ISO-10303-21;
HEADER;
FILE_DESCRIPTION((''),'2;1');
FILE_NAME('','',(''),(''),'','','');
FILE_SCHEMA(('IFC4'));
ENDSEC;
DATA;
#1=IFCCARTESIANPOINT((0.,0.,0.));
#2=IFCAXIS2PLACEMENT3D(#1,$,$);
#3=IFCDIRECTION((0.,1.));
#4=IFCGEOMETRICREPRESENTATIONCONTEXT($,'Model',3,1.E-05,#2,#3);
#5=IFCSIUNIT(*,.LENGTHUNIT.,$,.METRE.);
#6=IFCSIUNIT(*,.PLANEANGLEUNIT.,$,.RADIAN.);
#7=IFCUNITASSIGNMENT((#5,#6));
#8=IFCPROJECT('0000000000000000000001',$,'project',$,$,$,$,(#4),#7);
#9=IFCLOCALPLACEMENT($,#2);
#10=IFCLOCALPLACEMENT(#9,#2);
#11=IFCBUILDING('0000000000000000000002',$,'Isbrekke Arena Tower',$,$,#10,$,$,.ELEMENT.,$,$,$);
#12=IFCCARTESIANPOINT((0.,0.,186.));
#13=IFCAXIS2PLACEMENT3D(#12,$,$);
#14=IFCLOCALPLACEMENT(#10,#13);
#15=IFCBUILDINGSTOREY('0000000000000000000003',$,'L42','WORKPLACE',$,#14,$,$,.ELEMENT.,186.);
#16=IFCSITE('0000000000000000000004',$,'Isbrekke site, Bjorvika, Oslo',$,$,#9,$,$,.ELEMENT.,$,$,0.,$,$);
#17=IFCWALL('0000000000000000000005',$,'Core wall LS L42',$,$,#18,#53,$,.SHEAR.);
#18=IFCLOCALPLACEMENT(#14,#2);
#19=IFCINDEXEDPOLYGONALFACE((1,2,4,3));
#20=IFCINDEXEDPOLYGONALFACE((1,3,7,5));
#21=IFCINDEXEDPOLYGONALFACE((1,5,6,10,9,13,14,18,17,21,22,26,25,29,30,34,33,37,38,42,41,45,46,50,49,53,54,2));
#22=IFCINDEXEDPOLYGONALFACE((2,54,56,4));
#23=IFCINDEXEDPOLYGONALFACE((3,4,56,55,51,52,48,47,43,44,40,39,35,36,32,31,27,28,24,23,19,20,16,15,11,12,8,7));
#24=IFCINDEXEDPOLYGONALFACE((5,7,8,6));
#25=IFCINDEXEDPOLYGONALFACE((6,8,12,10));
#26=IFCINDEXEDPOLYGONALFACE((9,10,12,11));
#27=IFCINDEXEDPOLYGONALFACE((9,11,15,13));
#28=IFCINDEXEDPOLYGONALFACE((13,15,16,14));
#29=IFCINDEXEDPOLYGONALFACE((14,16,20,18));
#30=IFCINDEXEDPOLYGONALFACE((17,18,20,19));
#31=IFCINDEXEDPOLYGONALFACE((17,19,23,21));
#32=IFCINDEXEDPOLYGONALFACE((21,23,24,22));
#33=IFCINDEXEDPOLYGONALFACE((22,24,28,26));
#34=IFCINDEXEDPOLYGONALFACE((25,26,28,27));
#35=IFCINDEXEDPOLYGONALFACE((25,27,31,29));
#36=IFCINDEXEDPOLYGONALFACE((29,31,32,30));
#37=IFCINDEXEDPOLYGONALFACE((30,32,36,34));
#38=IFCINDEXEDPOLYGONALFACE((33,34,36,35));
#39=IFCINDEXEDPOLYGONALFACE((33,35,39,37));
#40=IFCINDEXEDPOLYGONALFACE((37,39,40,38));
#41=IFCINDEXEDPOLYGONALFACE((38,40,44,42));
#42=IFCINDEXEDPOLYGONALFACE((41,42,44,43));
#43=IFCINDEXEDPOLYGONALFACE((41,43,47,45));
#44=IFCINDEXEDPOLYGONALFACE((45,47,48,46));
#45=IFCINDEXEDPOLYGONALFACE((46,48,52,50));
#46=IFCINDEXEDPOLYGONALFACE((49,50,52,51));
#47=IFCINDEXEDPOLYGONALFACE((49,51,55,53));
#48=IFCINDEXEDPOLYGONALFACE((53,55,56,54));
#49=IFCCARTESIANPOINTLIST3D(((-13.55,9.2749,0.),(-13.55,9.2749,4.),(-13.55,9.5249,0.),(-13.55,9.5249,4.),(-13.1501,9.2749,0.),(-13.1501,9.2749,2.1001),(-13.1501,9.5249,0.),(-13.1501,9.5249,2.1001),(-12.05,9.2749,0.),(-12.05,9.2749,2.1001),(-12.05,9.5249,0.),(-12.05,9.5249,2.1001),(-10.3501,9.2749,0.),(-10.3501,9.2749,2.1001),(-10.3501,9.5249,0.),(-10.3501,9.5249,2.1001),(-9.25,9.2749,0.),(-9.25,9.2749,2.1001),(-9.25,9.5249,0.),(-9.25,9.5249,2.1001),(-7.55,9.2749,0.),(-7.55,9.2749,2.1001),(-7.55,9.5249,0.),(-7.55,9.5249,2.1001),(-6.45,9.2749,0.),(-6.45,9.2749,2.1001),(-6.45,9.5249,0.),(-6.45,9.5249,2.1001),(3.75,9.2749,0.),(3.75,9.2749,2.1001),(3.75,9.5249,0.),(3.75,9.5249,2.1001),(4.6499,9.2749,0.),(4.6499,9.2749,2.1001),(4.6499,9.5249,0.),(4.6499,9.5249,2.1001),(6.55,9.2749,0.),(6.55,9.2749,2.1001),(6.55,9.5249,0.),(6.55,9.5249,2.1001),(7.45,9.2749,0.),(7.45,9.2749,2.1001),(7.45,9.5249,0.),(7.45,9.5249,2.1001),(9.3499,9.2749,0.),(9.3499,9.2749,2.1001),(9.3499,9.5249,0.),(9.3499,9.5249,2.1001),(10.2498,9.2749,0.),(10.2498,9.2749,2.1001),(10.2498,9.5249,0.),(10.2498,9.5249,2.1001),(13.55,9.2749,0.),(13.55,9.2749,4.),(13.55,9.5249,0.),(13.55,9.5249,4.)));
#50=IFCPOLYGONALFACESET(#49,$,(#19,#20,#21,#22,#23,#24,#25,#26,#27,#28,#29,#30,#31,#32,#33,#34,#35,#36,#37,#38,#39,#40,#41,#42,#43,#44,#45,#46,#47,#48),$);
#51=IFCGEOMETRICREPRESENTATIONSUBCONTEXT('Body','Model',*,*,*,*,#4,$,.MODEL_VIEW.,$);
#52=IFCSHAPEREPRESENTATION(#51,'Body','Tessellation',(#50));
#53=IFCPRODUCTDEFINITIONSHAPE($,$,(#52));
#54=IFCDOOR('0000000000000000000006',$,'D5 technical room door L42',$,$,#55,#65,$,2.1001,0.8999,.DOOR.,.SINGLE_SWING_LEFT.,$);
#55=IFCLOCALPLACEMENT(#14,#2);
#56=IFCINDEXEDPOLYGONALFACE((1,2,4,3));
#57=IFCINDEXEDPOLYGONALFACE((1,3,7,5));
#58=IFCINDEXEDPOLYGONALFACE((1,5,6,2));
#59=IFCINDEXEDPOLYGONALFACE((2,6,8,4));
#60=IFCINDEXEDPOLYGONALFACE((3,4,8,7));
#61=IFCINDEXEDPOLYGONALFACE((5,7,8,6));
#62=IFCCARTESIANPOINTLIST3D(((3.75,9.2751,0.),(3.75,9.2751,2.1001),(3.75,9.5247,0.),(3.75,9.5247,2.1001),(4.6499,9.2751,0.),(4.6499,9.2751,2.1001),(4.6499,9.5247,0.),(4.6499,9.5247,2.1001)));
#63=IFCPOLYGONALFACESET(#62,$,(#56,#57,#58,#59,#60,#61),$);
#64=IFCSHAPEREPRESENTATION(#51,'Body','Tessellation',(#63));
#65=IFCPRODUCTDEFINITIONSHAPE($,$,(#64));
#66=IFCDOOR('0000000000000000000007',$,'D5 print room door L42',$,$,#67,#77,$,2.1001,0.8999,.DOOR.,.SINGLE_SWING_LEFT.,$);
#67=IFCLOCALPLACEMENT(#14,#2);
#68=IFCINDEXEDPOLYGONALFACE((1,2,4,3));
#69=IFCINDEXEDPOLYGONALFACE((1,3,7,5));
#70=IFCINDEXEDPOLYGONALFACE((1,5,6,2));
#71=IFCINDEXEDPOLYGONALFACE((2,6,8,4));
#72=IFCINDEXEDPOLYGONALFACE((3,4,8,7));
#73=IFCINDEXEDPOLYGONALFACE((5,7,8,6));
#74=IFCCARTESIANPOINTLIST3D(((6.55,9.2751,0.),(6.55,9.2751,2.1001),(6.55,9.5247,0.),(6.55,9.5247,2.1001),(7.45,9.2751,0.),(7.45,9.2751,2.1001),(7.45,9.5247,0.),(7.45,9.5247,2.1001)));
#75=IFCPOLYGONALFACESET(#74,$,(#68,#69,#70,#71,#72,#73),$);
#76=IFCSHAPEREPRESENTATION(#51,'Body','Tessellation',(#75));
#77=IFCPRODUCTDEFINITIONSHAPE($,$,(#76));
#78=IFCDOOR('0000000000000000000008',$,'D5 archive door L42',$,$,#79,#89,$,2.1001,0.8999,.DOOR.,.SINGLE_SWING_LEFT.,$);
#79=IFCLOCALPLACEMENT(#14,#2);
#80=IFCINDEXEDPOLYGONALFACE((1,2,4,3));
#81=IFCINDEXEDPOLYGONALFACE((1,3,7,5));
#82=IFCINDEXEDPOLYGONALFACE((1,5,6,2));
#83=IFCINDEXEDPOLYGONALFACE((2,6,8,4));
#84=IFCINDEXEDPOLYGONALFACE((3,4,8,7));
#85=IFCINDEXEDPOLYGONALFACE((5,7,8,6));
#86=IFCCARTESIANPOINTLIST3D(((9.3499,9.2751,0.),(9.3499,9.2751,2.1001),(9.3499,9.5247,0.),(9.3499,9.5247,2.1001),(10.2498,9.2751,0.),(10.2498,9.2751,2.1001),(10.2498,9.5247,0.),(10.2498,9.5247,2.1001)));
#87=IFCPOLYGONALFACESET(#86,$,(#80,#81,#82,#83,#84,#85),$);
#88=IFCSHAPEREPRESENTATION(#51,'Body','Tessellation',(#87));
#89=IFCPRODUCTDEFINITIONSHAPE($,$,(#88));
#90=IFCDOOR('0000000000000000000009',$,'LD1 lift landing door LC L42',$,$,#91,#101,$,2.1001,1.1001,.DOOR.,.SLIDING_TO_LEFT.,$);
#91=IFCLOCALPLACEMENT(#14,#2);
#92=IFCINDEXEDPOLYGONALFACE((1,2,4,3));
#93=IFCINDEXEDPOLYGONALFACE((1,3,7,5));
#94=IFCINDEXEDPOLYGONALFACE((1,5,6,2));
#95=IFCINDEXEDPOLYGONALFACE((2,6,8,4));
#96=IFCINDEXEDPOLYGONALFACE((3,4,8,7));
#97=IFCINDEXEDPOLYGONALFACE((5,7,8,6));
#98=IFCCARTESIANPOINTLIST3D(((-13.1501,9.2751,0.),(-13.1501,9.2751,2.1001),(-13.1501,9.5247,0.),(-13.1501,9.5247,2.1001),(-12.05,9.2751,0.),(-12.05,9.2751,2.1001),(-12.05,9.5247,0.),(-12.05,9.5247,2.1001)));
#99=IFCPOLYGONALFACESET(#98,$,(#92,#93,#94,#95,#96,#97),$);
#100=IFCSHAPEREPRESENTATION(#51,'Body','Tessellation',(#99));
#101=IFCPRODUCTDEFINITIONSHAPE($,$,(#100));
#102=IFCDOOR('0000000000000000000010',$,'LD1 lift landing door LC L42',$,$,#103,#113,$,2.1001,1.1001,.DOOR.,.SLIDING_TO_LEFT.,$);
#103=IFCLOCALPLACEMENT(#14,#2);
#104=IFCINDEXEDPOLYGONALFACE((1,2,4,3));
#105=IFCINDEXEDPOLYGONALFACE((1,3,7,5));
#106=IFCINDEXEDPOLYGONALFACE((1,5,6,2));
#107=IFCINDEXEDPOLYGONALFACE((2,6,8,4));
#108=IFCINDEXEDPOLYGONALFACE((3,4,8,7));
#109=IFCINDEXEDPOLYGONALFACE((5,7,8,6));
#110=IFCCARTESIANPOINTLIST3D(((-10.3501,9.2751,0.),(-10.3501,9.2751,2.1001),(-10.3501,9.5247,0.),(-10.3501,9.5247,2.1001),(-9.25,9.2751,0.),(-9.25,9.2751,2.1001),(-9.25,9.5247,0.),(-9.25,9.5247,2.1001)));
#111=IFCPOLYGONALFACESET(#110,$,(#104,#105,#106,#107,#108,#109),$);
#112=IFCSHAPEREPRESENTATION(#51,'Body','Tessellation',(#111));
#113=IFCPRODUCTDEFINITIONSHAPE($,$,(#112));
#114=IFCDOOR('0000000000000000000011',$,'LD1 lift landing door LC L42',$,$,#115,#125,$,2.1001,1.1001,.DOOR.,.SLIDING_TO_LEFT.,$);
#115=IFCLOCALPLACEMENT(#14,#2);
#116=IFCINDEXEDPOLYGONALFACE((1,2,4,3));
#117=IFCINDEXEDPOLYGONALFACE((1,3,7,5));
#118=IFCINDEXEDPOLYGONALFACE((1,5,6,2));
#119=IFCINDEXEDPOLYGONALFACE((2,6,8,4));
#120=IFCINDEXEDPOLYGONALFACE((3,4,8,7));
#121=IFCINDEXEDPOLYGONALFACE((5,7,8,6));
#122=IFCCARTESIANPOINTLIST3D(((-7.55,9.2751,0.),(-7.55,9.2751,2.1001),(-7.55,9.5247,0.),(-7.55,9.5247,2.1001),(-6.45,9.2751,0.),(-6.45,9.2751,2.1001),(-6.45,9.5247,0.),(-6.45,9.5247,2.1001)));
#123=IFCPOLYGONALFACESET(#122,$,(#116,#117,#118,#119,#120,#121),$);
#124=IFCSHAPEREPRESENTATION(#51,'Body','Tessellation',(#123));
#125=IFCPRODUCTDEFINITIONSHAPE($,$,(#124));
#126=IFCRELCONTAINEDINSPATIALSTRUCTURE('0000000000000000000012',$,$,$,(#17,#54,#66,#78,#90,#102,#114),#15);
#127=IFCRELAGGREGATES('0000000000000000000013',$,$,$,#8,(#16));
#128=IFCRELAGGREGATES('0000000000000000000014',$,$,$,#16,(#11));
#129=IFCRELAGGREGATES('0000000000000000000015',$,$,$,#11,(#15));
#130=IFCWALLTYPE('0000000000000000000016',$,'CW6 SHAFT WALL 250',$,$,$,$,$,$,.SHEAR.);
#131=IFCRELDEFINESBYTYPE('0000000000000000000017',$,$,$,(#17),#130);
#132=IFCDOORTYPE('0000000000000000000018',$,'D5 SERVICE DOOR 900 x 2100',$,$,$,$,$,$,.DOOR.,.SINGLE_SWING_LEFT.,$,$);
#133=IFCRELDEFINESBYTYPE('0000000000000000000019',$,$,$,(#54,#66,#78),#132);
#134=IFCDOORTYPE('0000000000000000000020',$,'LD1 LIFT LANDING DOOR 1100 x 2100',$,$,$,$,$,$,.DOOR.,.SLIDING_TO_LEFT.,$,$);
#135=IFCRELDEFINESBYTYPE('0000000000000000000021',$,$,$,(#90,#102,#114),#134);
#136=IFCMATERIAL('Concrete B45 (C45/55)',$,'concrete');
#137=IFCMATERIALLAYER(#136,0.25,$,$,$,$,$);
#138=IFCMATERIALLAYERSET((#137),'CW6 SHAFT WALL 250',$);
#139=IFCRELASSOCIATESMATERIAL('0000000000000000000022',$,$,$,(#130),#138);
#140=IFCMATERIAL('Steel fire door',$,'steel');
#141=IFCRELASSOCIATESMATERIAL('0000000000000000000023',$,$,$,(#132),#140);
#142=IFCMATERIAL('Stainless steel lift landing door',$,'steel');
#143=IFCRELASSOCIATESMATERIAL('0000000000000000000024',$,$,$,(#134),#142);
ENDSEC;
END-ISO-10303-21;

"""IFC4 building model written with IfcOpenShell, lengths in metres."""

from ifc_helpers import new_model, si_unit, direction, frame, frame_2d, origin, place, context, subcontext, project, spatial, rectangle, extrude, material, layer, layer_set, type_object, element, fill, save


model = new_model("IFC4")

# Units and contexts
model_context = context("Model", 3, precision=1e-05, world=origin(), true_north=direction((0.0, 1.0)))
body_context = subcontext(model_context, "Body", "Model", "MODEL_VIEW")
ifc_project = project(units=[si_unit("LENGTHUNIT", "METRE"), si_unit("PLANEANGLEUNIT", "RADIAN")], contexts=[model_context])

# Site, building, storey
site_placement = place(None, origin())
site = spatial("IfcSite", under=ifc_project, at=site_placement, Name="Isbrekke site, Bjorvika, Oslo", CompositionType="ELEMENT", RefElevation=0.0)
building_placement = place(site_placement, origin())
building = spatial("IfcBuilding", under=site, at=building_placement, Name="Isbrekke Arena Tower", CompositionType="ELEMENT")
storey_placement = place(building_placement, frame((0.0, 0.0, 186.0)))
storey = spatial("IfcBuildingStorey", under=building, at=storey_placement, Name="L42", Description="WORKPLACE", CompositionType="ELEMENT", Elevation=186.0)

# Wall, openings, doors
ifc_material_1 = material(Name="Concrete B45 (C45/55)", Category="concrete")
ifc_layer_1 = layer(ifc_material_1, 0.25)
ifc_layer_set_1 = layer_set([ifc_layer_1], Name="CW6 SHAFT WALL 250")
wall_type_1 = type_object("IfcWallType", Name="CW6 SHAFT WALL 250", PredefinedType="SHEAR", material=ifc_layer_set_1)
wall_1_placement = place(storey_placement, frame((-13.55, 9.3999, 0.0), z_axis=(0.0, 0.0, 1.0), x_axis=(1.0, 0.0, 0.0)))
wall_1 = element("IfcWall", 1, at=wall_1_placement, inside=storey, type_object=wall_type_1, Name="Core wall LS L42", PredefinedType="SHEAR", context=body_context, shape_type="SweptSolid", body=[
    extrude(rectangle(XDim=27.1001, YDim=0.25, at=frame_2d((13.55, 0.0))), origin(), (0.0, 0.0, 1.0), 4.0),
])
opening_1_placement = place(wall_1_placement, frame((0.3999, 0.0, 0.0)))
opening_1 = element("IfcOpeningElement", 2, at=opening_1_placement, cuts=wall_1, PredefinedType="OPENING", context=body_context, shape_type="SweptSolid", body=[
    extrude(rectangle(XDim=1.1001, YDim=2.1001, at=frame_2d((0.55, 1.05))), frame((0.0, 0.1399, 0.0), z_axis=(0.0, -1.0, 0.0), x_axis=(1.0, 0.0, 0.0)), (0.0, 0.0, 1.0), 0.2798),
])
opening_2_placement = place(wall_1_placement, frame((3.2, 0.0, 0.0)))
opening_2 = element("IfcOpeningElement", 3, at=opening_2_placement, cuts=wall_1, PredefinedType="OPENING", context=body_context, shape_type="SweptSolid", body=[
    extrude(rectangle(XDim=1.1001, YDim=2.1001, at=frame_2d((0.55, 1.05))), frame((0.0, 0.1399, 0.0), z_axis=(0.0, -1.0, 0.0), x_axis=(1.0, 0.0, 0.0)), (0.0, 0.0, 1.0), 0.2798),
])
opening_3_placement = place(wall_1_placement, frame((6.0, 0.0, 0.0)))
opening_3 = element("IfcOpeningElement", 4, at=opening_3_placement, cuts=wall_1, PredefinedType="OPENING", context=body_context, shape_type="SweptSolid", body=[
    extrude(rectangle(XDim=1.1001, YDim=2.1001, at=frame_2d((0.55, 1.05))), frame((0.0, 0.1399, 0.0), z_axis=(0.0, -1.0, 0.0), x_axis=(1.0, 0.0, 0.0)), (0.0, 0.0, 1.0), 0.2798),
])
opening_4_placement = place(wall_1_placement, frame((17.3, 0.0, 0.0)))
opening_4 = element("IfcOpeningElement", 5, at=opening_4_placement, cuts=wall_1, PredefinedType="OPENING", context=body_context, shape_type="SweptSolid", body=[
    extrude(rectangle(XDim=0.8999, YDim=2.1001, at=frame_2d((0.45, 1.05))), frame((0.0, 0.1399, 0.0), z_axis=(0.0, -1.0, 0.0), x_axis=(1.0, 0.0, 0.0)), (0.0, 0.0, 1.0), 0.2798),
])
opening_5_placement = place(wall_1_placement, frame((20.1001, 0.0, 0.0)))
opening_5 = element("IfcOpeningElement", 6, at=opening_5_placement, cuts=wall_1, PredefinedType="OPENING", context=body_context, shape_type="SweptSolid", body=[
    extrude(rectangle(XDim=0.8999, YDim=2.1001, at=frame_2d((0.45, 1.05))), frame((0.0, 0.1399, 0.0), z_axis=(0.0, -1.0, 0.0), x_axis=(1.0, 0.0, 0.0)), (0.0, 0.0, 1.0), 0.2798),
])
opening_6_placement = place(wall_1_placement, frame((22.8999, 0.0, 0.0)))
opening_6 = element("IfcOpeningElement", 7, at=opening_6_placement, cuts=wall_1, PredefinedType="OPENING", context=body_context, shape_type="SweptSolid", body=[
    extrude(rectangle(XDim=0.8999, YDim=2.1001, at=frame_2d((0.45, 1.05))), frame((0.0, 0.1399, 0.0), z_axis=(0.0, -1.0, 0.0), x_axis=(1.0, 0.0, 0.0)), (0.0, 0.0, 1.0), 0.2798),
])
ifc_material_2 = material(Name="Steel fire door", Category="steel")
door_type_1 = type_object("IfcDoorType", Name="D5 SERVICE DOOR 900 x 2100", OperationType="SINGLE_SWING_LEFT", PredefinedType="DOOR", material=ifc_material_2)
door_1_placement = place(opening_4_placement, origin())
door_1 = element("IfcDoor", 8, at=door_1_placement, inside=storey, type_object=door_type_1, Name="D5 technical room door L42", OperationType="SINGLE_SWING_LEFT", OverallHeight=2.1001, OverallWidth=0.8999, PredefinedType="DOOR", context=body_context, shape_type="SweptSolid", body=[
    extrude(rectangle(XDim=0.8999, YDim=2.1001, at=frame_2d((0.45, 1.05))), frame((0.0, 0.1248, 0.0), z_axis=(0.0, -1.0, 0.0), x_axis=(1.0, 0.0, 0.0)), (0.0, 0.0, 1.0), 0.2495),
])
fill(opening_4, door_1)
door_2_placement = place(opening_5_placement, origin())
door_2 = element("IfcDoor", 9, at=door_2_placement, inside=storey, type_object=door_type_1, Name="D5 print room door L42", OperationType="SINGLE_SWING_LEFT", OverallHeight=2.1001, OverallWidth=0.8999, PredefinedType="DOOR", context=body_context, shape_type="SweptSolid", body=[
    extrude(rectangle(XDim=0.8999, YDim=2.1001, at=frame_2d((0.45, 1.05))), frame((0.0, 0.1248, 0.0), z_axis=(0.0, -1.0, 0.0), x_axis=(1.0, 0.0, 0.0)), (0.0, 0.0, 1.0), 0.2495),
])
fill(opening_5, door_2)
door_3_placement = place(opening_6_placement, origin())
door_3 = element("IfcDoor", 10, at=door_3_placement, inside=storey, type_object=door_type_1, Name="D5 archive door L42", OperationType="SINGLE_SWING_LEFT", OverallHeight=2.1001, OverallWidth=0.8999, PredefinedType="DOOR", context=body_context, shape_type="SweptSolid", body=[
    extrude(rectangle(XDim=0.8999, YDim=2.1001, at=frame_2d((0.45, 1.05))), frame((0.0, 0.1248, 0.0), z_axis=(0.0, -1.0, 0.0), x_axis=(1.0, 0.0, 0.0)), (0.0, 0.0, 1.0), 0.2495),
])
fill(opening_6, door_3)
ifc_material_3 = material(Name="Stainless steel lift landing door", Category="steel")
door_type_2 = type_object("IfcDoorType", Name="LD1 LIFT LANDING DOOR 1100 x 2100", OperationType="SLIDING_TO_LEFT", PredefinedType="DOOR", material=ifc_material_3)
door_4_placement = place(opening_1_placement, origin())
door_4 = element("IfcDoor", 11, at=door_4_placement, inside=storey, type_object=door_type_2, Name="LD1 lift landing door LC L42", OperationType="SLIDING_TO_LEFT", OverallHeight=2.1001, OverallWidth=1.1001, PredefinedType="DOOR", context=body_context, shape_type="SweptSolid", body=[
    extrude(rectangle(XDim=1.1001, YDim=2.1001, at=frame_2d((0.55, 1.05))), frame((0.0, 0.1248, 0.0), z_axis=(0.0, -1.0, 0.0), x_axis=(1.0, 0.0, 0.0)), (0.0, 0.0, 1.0), 0.2495),
])
fill(opening_1, door_4)
door_5_placement = place(opening_2_placement, origin())
door_5 = element("IfcDoor", 12, at=door_5_placement, inside=storey, type_object=door_type_2, Name="LD1 lift landing door LC L42", OperationType="SLIDING_TO_LEFT", OverallHeight=2.1001, OverallWidth=1.1001, PredefinedType="DOOR", context=body_context, shape_type="SweptSolid", body=[
    extrude(rectangle(XDim=1.1001, YDim=2.1001, at=frame_2d((0.55, 1.05))), frame((0.0, 0.1248, 0.0), z_axis=(0.0, -1.0, 0.0), x_axis=(1.0, 0.0, 0.0)), (0.0, 0.0, 1.0), 0.2495),
])
fill(opening_2, door_5)
door_6_placement = place(opening_3_placement, origin())
door_6 = element("IfcDoor", 13, at=door_6_placement, inside=storey, type_object=door_type_2, Name="LD1 lift landing door LC L42", OperationType="SLIDING_TO_LEFT", OverallHeight=2.1001, OverallWidth=1.1001, PredefinedType="DOOR", context=body_context, shape_type="SweptSolid", body=[
    extrude(rectangle(XDim=1.1001, YDim=2.1001, at=frame_2d((0.55, 1.05))), frame((0.0, 0.1248, 0.0), z_axis=(0.0, -1.0, 0.0), x_axis=(1.0, 0.0, 0.0)), (0.0, 0.0, 1.0), 0.2495),
])
fill(opening_3, door_6)

save(model, "model.ifc")
